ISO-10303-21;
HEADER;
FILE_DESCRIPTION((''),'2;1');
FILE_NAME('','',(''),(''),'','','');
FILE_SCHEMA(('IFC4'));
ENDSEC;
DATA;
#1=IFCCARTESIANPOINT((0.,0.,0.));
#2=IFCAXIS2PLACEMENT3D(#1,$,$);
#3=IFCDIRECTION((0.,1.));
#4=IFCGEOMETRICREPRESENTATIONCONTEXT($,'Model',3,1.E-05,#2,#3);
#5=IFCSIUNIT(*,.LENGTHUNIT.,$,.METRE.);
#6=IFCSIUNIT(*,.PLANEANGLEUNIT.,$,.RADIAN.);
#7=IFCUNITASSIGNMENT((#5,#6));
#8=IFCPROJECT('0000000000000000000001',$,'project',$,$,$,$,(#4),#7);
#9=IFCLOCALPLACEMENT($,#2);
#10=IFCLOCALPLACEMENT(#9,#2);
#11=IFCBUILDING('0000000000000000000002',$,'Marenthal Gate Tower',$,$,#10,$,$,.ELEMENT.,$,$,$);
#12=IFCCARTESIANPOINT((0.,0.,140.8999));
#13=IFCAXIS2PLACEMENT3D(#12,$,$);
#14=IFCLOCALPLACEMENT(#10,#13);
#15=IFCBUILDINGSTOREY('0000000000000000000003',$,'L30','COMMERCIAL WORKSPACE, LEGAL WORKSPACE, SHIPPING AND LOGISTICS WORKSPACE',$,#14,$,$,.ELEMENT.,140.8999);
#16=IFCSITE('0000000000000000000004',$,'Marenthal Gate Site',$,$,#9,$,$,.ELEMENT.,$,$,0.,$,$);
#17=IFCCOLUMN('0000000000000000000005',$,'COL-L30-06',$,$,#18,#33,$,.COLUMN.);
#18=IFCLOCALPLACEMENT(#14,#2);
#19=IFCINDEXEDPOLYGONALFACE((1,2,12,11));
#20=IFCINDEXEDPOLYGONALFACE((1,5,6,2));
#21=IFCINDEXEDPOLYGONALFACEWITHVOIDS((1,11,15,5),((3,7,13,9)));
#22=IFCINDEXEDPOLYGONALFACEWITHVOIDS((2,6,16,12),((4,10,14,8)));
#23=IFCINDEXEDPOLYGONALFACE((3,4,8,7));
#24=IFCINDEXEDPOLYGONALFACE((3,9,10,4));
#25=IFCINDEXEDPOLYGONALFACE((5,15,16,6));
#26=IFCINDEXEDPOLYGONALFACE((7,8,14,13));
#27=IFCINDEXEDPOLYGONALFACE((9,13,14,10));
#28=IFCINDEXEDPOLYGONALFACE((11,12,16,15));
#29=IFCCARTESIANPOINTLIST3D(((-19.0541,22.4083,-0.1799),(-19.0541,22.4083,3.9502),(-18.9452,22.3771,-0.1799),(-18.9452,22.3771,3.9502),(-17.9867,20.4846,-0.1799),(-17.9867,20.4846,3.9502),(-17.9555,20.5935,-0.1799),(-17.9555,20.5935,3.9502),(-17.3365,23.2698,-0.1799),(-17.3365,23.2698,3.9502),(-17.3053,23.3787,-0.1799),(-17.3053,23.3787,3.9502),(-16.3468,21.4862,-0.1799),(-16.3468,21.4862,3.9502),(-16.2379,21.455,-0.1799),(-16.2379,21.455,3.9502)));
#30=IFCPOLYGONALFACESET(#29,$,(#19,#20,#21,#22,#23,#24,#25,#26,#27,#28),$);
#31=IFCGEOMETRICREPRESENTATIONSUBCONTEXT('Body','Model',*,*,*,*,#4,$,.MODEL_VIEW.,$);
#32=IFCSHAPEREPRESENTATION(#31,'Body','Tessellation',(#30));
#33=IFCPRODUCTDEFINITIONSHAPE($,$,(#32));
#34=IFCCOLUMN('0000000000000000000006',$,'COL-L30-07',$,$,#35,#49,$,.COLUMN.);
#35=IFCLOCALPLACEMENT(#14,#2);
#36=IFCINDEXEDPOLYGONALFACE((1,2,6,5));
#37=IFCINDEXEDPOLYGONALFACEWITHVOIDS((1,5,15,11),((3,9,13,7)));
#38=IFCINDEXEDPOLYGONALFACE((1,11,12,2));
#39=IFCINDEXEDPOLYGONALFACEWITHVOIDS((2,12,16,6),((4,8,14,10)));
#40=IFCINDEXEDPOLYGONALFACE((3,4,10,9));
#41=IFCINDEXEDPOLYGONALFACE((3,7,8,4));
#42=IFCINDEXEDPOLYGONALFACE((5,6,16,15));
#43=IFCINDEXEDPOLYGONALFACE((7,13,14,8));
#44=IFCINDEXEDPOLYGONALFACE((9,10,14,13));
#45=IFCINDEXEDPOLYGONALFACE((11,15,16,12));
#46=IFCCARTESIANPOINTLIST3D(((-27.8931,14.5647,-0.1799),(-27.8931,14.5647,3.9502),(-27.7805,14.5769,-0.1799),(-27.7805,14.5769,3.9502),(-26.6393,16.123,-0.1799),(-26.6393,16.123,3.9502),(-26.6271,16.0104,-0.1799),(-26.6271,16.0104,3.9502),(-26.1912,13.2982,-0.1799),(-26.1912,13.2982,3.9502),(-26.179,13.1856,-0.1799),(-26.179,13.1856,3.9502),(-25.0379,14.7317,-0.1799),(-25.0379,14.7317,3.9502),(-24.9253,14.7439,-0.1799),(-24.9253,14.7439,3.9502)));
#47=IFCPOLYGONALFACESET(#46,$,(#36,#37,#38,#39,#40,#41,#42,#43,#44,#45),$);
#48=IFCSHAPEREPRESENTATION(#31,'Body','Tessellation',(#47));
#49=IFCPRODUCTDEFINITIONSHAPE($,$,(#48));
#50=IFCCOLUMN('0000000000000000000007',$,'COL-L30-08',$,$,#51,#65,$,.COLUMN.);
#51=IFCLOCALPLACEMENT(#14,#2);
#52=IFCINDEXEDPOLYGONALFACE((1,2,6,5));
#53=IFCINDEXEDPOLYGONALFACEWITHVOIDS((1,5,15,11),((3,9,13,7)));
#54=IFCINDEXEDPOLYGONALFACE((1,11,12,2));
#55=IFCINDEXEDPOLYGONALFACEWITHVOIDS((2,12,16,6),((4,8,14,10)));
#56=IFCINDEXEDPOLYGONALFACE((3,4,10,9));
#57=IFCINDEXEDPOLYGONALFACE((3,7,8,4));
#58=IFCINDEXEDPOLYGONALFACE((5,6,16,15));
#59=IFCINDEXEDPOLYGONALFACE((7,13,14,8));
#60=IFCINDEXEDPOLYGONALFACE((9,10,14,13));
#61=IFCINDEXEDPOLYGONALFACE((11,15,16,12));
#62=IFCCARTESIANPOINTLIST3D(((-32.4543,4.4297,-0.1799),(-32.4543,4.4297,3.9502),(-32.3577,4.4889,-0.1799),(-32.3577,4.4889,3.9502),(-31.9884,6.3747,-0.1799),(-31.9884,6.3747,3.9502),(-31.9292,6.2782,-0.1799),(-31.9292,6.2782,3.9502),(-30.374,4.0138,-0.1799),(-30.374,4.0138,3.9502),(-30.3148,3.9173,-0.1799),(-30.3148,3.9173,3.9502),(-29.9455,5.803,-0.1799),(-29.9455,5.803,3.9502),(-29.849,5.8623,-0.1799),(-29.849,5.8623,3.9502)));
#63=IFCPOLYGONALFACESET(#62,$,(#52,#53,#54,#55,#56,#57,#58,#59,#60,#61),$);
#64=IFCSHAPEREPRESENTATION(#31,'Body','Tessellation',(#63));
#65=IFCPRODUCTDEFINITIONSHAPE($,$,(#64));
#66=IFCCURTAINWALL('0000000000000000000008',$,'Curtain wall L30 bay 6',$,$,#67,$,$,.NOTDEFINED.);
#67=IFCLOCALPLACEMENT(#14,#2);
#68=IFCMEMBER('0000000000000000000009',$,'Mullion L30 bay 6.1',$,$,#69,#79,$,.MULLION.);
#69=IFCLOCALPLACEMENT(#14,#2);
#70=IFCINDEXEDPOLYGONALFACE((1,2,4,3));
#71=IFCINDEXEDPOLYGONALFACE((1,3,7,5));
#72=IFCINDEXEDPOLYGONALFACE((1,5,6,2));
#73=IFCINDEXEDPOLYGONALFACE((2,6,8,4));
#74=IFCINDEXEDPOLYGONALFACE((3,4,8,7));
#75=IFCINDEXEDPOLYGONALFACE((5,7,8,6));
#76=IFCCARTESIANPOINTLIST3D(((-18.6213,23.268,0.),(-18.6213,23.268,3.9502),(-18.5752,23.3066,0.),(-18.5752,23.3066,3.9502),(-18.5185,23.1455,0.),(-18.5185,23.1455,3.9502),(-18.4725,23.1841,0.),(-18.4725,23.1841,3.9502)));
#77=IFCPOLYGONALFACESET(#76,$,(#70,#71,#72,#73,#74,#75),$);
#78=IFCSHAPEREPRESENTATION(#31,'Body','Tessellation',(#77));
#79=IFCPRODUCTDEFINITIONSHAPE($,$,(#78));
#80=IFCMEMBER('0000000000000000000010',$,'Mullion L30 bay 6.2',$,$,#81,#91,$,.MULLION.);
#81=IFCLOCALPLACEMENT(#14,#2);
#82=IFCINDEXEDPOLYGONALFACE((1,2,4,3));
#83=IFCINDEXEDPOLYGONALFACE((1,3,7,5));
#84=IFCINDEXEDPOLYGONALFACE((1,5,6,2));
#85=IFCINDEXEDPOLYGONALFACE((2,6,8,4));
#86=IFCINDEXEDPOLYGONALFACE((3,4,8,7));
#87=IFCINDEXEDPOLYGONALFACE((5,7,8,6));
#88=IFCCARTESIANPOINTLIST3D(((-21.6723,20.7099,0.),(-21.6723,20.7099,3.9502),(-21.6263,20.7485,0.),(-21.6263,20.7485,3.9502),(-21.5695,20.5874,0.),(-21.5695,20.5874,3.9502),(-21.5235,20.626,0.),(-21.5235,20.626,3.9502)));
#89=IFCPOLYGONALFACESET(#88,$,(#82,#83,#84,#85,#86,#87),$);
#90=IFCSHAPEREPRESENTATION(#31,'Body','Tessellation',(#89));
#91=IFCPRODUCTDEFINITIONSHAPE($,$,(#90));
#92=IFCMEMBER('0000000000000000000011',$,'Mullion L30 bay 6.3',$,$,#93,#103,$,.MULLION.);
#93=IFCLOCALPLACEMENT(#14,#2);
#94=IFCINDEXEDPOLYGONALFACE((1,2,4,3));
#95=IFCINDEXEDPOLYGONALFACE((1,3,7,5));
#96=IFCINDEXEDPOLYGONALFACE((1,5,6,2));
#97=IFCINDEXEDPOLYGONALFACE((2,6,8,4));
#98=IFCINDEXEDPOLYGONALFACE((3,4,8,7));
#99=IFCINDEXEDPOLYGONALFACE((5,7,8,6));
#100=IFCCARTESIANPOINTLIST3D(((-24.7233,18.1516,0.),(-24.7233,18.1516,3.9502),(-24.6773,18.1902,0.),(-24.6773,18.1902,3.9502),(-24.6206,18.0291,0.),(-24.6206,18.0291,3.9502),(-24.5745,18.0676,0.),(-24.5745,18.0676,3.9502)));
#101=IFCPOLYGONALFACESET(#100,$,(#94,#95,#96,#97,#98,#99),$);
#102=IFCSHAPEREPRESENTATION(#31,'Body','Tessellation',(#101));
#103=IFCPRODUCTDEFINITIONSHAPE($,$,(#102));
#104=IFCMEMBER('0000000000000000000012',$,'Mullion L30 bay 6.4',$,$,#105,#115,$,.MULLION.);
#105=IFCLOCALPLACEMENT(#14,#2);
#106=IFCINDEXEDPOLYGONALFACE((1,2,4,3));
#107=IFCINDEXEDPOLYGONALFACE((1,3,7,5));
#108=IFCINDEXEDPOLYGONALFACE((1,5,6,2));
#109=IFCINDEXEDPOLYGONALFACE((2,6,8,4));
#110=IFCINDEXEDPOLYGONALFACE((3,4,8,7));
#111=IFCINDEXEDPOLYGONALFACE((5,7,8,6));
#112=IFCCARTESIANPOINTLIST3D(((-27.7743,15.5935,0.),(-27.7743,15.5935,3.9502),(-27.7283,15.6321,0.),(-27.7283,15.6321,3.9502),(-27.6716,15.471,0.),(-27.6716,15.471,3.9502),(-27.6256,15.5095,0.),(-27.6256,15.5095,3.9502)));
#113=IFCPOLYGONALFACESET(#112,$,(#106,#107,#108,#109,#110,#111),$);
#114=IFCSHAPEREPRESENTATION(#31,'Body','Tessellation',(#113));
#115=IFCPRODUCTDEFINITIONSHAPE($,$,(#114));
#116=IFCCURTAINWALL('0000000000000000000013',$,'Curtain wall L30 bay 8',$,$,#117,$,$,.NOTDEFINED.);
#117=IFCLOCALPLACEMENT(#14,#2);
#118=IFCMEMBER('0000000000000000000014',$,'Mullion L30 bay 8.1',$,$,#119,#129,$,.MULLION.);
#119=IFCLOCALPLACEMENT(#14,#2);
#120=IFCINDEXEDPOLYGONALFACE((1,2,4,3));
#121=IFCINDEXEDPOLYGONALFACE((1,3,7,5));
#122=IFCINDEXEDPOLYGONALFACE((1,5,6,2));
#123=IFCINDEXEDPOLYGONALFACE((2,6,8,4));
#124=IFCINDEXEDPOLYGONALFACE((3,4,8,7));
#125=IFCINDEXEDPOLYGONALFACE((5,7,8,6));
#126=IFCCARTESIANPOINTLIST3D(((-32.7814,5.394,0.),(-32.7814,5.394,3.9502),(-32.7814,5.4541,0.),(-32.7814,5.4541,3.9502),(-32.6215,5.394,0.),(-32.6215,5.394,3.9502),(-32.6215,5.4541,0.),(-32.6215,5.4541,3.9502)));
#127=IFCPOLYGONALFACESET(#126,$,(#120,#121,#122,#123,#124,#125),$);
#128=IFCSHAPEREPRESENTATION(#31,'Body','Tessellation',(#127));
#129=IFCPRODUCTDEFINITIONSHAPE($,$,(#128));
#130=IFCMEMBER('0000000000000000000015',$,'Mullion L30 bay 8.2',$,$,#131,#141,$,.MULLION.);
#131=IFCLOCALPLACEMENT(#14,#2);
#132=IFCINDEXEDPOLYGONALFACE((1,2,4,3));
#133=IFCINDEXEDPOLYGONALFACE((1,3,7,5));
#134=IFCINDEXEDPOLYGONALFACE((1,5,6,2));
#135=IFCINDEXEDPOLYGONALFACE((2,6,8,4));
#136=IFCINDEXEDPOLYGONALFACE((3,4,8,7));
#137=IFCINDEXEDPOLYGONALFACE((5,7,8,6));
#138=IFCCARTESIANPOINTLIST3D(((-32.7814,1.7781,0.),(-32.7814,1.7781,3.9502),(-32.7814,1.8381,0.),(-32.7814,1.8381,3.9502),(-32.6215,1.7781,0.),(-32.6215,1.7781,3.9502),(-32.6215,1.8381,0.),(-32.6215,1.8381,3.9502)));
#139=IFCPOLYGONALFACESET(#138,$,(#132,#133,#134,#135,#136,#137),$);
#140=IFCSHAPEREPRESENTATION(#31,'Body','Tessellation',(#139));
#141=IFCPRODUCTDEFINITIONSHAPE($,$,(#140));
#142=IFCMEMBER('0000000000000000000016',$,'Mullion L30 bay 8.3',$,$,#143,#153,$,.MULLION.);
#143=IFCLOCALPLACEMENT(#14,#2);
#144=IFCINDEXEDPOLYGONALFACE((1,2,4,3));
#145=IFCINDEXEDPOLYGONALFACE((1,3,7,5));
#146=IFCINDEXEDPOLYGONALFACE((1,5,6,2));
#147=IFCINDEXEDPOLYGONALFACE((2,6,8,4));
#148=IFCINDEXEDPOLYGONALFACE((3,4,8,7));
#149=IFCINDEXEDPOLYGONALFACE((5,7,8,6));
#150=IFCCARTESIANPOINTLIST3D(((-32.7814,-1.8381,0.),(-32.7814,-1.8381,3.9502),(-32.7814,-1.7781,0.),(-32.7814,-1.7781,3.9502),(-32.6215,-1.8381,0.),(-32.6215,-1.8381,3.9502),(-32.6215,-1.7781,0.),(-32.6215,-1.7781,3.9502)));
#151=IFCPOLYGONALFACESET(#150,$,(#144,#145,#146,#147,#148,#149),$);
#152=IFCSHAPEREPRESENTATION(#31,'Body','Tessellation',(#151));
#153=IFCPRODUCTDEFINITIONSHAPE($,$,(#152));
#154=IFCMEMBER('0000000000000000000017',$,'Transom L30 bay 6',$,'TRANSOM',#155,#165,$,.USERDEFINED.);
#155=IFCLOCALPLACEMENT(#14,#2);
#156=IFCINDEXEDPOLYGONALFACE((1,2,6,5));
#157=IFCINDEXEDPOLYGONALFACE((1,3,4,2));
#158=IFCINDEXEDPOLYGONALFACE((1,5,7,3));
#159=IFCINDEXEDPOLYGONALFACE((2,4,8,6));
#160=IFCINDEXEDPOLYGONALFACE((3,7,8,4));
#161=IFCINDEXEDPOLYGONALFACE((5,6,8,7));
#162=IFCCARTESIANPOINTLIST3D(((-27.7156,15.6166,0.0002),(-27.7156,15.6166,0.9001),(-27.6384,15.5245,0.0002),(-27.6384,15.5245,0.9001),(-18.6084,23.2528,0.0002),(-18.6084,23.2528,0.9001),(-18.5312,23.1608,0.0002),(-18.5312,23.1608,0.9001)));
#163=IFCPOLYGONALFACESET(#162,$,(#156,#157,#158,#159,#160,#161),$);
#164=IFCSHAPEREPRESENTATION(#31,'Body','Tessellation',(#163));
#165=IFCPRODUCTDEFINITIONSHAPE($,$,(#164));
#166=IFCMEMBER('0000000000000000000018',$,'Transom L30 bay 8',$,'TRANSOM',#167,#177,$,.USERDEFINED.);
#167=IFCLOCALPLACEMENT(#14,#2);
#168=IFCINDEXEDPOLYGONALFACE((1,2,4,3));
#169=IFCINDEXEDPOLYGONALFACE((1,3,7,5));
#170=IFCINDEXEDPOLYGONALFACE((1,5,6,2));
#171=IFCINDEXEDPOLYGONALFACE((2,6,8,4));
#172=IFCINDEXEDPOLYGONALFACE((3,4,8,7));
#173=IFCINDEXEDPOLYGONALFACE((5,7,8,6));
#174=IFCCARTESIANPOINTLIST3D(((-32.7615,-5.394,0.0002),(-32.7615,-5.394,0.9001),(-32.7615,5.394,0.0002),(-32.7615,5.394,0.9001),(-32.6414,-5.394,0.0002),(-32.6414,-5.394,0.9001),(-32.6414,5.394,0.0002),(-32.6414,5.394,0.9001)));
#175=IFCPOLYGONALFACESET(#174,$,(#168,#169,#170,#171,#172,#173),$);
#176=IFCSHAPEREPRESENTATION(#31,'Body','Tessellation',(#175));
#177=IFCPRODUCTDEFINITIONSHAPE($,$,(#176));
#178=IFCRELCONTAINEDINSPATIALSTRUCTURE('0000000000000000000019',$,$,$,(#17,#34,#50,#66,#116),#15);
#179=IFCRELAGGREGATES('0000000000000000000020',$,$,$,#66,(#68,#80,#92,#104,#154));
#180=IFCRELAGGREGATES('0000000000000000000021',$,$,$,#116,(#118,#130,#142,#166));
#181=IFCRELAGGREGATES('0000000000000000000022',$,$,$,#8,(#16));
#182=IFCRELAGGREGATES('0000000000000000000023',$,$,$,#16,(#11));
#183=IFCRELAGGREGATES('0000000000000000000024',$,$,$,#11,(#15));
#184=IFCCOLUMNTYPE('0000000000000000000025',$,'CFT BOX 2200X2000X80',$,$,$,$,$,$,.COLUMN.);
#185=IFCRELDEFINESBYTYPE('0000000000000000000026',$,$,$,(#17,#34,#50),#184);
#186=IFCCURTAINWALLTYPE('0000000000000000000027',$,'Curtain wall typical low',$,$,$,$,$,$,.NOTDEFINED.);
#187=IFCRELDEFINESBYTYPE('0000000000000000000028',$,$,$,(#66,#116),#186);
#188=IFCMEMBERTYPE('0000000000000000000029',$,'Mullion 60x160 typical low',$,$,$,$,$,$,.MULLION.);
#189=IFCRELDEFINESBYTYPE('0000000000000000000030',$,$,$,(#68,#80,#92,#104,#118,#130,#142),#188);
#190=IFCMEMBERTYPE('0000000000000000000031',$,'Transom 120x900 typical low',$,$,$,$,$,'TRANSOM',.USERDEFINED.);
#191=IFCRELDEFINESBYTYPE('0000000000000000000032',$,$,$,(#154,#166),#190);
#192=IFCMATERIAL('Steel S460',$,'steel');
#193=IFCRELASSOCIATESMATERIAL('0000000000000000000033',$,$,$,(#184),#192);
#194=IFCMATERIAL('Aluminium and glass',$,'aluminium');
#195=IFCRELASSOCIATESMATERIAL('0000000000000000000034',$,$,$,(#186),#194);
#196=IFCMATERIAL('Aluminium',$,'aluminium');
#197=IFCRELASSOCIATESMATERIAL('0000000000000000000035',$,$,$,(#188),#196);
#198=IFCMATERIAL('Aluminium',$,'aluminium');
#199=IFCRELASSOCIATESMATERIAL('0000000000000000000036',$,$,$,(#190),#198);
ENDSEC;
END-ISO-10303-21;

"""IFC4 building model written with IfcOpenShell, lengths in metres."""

from ifc_helpers import new_model, si_unit, direction, frame, origin, origin_2d, place, context, subcontext, project, spatial, rectangle, hollow_rectangle, extrude, material, material_profile, profile_set, type_object, element, aggregate, save


model = new_model("IFC4")

# Units and contexts
model_context = context("Model", 3, precision=1e-05, world=origin(), true_north=direction((0.0, 1.0)))
body_context = subcontext(model_context, "Body", "Model", "MODEL_VIEW")
ifc_project = project(units=[si_unit("LENGTHUNIT", "METRE"), si_unit("PLANEANGLEUNIT", "RADIAN")], contexts=[model_context])

# Site, building, storey
site_placement = place(None, origin())
site = spatial("IfcSite", under=ifc_project, at=site_placement, Name="Marenthal Gate Site", CompositionType="ELEMENT", RefElevation=0.0)
building_placement = place(site_placement, origin())
building = spatial("IfcBuilding", under=site, at=building_placement, Name="Marenthal Gate Tower", CompositionType="ELEMENT")
storey_placement = place(building_placement, frame((0.0, 0.0, 140.8999)))
storey = spatial("IfcBuildingStorey", under=building, at=storey_placement, Name="L30", Description="COMMERCIAL WORKSPACE, LEGAL WORKSPACE, SHIPPING AND LOGISTICS WORKSPACE", CompositionType="ELEMENT", Elevation=140.8999)

# Columns
ifc_material_1 = material(Name="Steel S460", Category="steel")
ifc_material_profile_1 = material_profile(ifc_material_1, hollow_rectangle(XDim=2.0, YDim=2.2, WallThickness=0.0801, at=origin_2d()), Name="CFT BOX 2200X2000X80")
ifc_material_2 = material(Name="Concrete 70 MPa", Category="concrete")
ifc_material_profile_2 = material_profile(ifc_material_2, rectangle(XDim=1.8401, YDim=2.04, at=origin_2d()), Name="CFT BOX 2200X2000X80 INFILL")
ifc_profile_set_1 = profile_set([ifc_material_profile_1, ifc_material_profile_2], Name="Steel S460 shell, Concrete 70 MPa infill")
column_type = type_object("IfcColumnType", Name="CFT BOX 2200X2000X80", PredefinedType="COLUMN", material=ifc_profile_set_1)
for number, where, z_axis, x_axis, name in (
    (1, (-17.646, 21.9316, -0.1799), (0.0, 0.0, 1.0), (0.874403, 0.4852, 0.0), "COL-L30-06"),
    (2, (-26.4092, 14.6543, -0.1799), (0.0, 0.0, 1.0), (0.626873, 0.779121, 0.0), "COL-L30-07"),
    (3, (-31.1516, 5.146, -0.1799), (0.0, 0.0, 1.0), (0.232933, 0.972493, 0.0), "COL-L30-08"),
):
    element("IfcColumn", number, at=place(storey_placement, frame(where, z_axis=z_axis, x_axis=x_axis)), inside=storey, type_object=column_type, Name=name, PredefinedType="COLUMN", context=body_context, shape_type="SweptSolid", body=[
        extrude(hollow_rectangle(XDim=2.0, YDim=2.2, WallThickness=0.0801, at=origin_2d()), origin(), (0.0, 0.0, 1.0), 4.1301),
    ])

# Curtain walls, members
ifc_material_3 = material(Name="Aluminium and glass", Category="aluminium")
curtain_wall_type = type_object("IfcCurtainWallType", Name="Curtain wall typical low", PredefinedType="NOTDEFINED", material=ifc_material_3)
curtain_wall_1_placement = place(storey_placement, origin())
curtain_wall_1 = element("IfcCurtainWall", 4, at=curtain_wall_1_placement, inside=storey, type_object=curtain_wall_type, Name="Curtain wall L30 bay 6", PredefinedType="NOTDEFINED")
ifc_material_4 = material(Name="Aluminium", Category="aluminium")
ifc_material_profile_3 = material_profile(ifc_material_4, rectangle(XDim=0.1599, YDim=0.0601, at=origin_2d()), Name="60x160 aluminium mullion")
ifc_profile_set_2 = profile_set([ifc_material_profile_3], Name="Aluminium")
member_type_1 = type_object("IfcMemberType", Name="Mullion 60x160 typical low", PredefinedType="MULLION", material=ifc_profile_set_2)
member_1_placement = place(storey_placement, frame((-18.5469, 23.2261, 0.0), z_axis=(0.0, 0.0, 1.0), x_axis=(0.642511, -0.766277, 0.0)))
member_1 = element("IfcMember", 5, at=member_1_placement, type_object=member_type_1, Name="Mullion L30 bay 6.1", PredefinedType="MULLION", context=body_context, shape_type="SweptSolid", body=[
    extrude(rectangle(XDim=0.1599, YDim=0.0601, at=origin_2d()), origin(), (0.0, 0.0, 1.0), 3.9502),
])
member_2_placement = place(storey_placement, frame((-21.5979, 20.668, 0.0), z_axis=(0.0, 0.0, 1.0), x_axis=(0.642511, -0.766277, 0.0)))
member_2 = element("IfcMember", 6, at=member_2_placement, type_object=member_type_1, Name="Mullion L30 bay 6.2", PredefinedType="MULLION", context=body_context, shape_type="SweptSolid", body=[
    extrude(rectangle(XDim=0.1599, YDim=0.0601, at=origin_2d()), origin(), (0.0, 0.0, 1.0), 3.9502),
])
member_3_placement = place(storey_placement, frame((-24.6489, 18.1096, 0.0), z_axis=(0.0, 0.0, 1.0), x_axis=(0.642511, -0.766277, 0.0)))
member_3 = element("IfcMember", 7, at=member_3_placement, type_object=member_type_1, Name="Mullion L30 bay 6.3", PredefinedType="MULLION", context=body_context, shape_type="SweptSolid", body=[
    extrude(rectangle(XDim=0.1599, YDim=0.0601, at=origin_2d()), origin(), (0.0, 0.0, 1.0), 3.9502),
])
member_4_placement = place(storey_placement, frame((-27.7, 15.5515, 0.0), z_axis=(0.0, 0.0, 1.0), x_axis=(0.642511, -0.766277, 0.0)))
member_4 = element("IfcMember", 8, at=member_4_placement, type_object=member_type_1, Name="Mullion L30 bay 6.4", PredefinedType="MULLION", context=body_context, shape_type="SweptSolid", body=[
    extrude(rectangle(XDim=0.1599, YDim=0.0601, at=origin_2d()), origin(), (0.0, 0.0, 1.0), 3.9502),
])
curtain_wall_2_placement = place(storey_placement, origin())
curtain_wall_2 = element("IfcCurtainWall", 9, at=curtain_wall_2_placement, inside=storey, type_object=curtain_wall_type, Name="Curtain wall L30 bay 8", PredefinedType="NOTDEFINED")
member_5_placement = place(storey_placement, frame((-32.7014, 5.4241, 0.0), z_axis=(0.0, 0.0, 1.0), x_axis=(1.0, 0.0, 0.0)))
member_5 = element("IfcMember", 10, at=member_5_placement, type_object=member_type_1, Name="Mullion L30 bay 8.1", PredefinedType="MULLION", context=body_context, shape_type="SweptSolid", body=[
    extrude(rectangle(XDim=0.1599, YDim=0.0601, at=origin_2d()), origin(), (0.0, 0.0, 1.0), 3.9502),
])
member_6_placement = place(storey_placement, frame((-32.7014, 1.8081, 0.0), z_axis=(0.0, 0.0, 1.0), x_axis=(1.0, 0.0, 0.0)))
member_6 = element("IfcMember", 11, at=member_6_placement, type_object=member_type_1, Name="Mullion L30 bay 8.2", PredefinedType="MULLION", context=body_context, shape_type="SweptSolid", body=[
    extrude(rectangle(XDim=0.1599, YDim=0.0601, at=origin_2d()), origin(), (0.0, 0.0, 1.0), 3.9502),
])
member_7_placement = place(storey_placement, frame((-32.7014, -1.8081, 0.0), z_axis=(0.0, 0.0, 1.0), x_axis=(1.0, 0.0, 0.0)))
member_7 = element("IfcMember", 12, at=member_7_placement, type_object=member_type_1, Name="Mullion L30 bay 8.3", PredefinedType="MULLION", context=body_context, shape_type="SweptSolid", body=[
    extrude(rectangle(XDim=0.1599, YDim=0.0601, at=origin_2d()), origin(), (0.0, 0.0, 1.0), 3.9502),
])

# Members
ifc_material_5 = material(Name="Aluminium", Category="aluminium")
ifc_material_profile_4 = material_profile(ifc_material_5, rectangle(XDim=0.1201, YDim=0.8999, at=origin_2d()), Name="120x900 aluminium transom")
ifc_profile_set_3 = profile_set([ifc_material_profile_4], Name="Aluminium")
member_type_2 = type_object("IfcMemberType", Name="Transom 120x900 typical low", ElementType="TRANSOM", PredefinedType="USERDEFINED", material=ifc_profile_set_3)
member_8_placement = place(storey_placement, frame((-18.5698, 23.2068, 0.4502), z_axis=(-0.766276, -0.642511, 0.0), x_axis=(0.642511, -0.766276, 0.0)))
member_8 = element("IfcMember", 13, at=member_8_placement, type_object=member_type_2, Name="Transom L30 bay 6", ObjectType="TRANSOM", PredefinedType="USERDEFINED", context=body_context, shape_type="SweptSolid", body=[
    extrude(rectangle(XDim=0.1201, YDim=0.8999, at=origin_2d()), origin(), (0.0, 0.0, 1.0), 11.885),
])
member_9_placement = place(storey_placement, frame((-32.7014, 5.394, 0.4502), z_axis=(0.0, -1.0, 0.0), x_axis=(1.0, 0.0, 0.0)))
member_9 = element("IfcMember", 14, at=member_9_placement, type_object=member_type_2, Name="Transom L30 bay 8", ObjectType="TRANSOM", PredefinedType="USERDEFINED", context=body_context, shape_type="SweptSolid", body=[
    extrude(rectangle(XDim=0.1201, YDim=0.8999, at=origin_2d()), origin(), (0.0, 0.0, 1.0), 10.7881),
])

aggregate(curtain_wall_1, [member_1, member_2, member_3, member_4, member_8])
aggregate(curtain_wall_2, [member_5, member_6, member_7, member_9])

save(model, "model.ifc")
